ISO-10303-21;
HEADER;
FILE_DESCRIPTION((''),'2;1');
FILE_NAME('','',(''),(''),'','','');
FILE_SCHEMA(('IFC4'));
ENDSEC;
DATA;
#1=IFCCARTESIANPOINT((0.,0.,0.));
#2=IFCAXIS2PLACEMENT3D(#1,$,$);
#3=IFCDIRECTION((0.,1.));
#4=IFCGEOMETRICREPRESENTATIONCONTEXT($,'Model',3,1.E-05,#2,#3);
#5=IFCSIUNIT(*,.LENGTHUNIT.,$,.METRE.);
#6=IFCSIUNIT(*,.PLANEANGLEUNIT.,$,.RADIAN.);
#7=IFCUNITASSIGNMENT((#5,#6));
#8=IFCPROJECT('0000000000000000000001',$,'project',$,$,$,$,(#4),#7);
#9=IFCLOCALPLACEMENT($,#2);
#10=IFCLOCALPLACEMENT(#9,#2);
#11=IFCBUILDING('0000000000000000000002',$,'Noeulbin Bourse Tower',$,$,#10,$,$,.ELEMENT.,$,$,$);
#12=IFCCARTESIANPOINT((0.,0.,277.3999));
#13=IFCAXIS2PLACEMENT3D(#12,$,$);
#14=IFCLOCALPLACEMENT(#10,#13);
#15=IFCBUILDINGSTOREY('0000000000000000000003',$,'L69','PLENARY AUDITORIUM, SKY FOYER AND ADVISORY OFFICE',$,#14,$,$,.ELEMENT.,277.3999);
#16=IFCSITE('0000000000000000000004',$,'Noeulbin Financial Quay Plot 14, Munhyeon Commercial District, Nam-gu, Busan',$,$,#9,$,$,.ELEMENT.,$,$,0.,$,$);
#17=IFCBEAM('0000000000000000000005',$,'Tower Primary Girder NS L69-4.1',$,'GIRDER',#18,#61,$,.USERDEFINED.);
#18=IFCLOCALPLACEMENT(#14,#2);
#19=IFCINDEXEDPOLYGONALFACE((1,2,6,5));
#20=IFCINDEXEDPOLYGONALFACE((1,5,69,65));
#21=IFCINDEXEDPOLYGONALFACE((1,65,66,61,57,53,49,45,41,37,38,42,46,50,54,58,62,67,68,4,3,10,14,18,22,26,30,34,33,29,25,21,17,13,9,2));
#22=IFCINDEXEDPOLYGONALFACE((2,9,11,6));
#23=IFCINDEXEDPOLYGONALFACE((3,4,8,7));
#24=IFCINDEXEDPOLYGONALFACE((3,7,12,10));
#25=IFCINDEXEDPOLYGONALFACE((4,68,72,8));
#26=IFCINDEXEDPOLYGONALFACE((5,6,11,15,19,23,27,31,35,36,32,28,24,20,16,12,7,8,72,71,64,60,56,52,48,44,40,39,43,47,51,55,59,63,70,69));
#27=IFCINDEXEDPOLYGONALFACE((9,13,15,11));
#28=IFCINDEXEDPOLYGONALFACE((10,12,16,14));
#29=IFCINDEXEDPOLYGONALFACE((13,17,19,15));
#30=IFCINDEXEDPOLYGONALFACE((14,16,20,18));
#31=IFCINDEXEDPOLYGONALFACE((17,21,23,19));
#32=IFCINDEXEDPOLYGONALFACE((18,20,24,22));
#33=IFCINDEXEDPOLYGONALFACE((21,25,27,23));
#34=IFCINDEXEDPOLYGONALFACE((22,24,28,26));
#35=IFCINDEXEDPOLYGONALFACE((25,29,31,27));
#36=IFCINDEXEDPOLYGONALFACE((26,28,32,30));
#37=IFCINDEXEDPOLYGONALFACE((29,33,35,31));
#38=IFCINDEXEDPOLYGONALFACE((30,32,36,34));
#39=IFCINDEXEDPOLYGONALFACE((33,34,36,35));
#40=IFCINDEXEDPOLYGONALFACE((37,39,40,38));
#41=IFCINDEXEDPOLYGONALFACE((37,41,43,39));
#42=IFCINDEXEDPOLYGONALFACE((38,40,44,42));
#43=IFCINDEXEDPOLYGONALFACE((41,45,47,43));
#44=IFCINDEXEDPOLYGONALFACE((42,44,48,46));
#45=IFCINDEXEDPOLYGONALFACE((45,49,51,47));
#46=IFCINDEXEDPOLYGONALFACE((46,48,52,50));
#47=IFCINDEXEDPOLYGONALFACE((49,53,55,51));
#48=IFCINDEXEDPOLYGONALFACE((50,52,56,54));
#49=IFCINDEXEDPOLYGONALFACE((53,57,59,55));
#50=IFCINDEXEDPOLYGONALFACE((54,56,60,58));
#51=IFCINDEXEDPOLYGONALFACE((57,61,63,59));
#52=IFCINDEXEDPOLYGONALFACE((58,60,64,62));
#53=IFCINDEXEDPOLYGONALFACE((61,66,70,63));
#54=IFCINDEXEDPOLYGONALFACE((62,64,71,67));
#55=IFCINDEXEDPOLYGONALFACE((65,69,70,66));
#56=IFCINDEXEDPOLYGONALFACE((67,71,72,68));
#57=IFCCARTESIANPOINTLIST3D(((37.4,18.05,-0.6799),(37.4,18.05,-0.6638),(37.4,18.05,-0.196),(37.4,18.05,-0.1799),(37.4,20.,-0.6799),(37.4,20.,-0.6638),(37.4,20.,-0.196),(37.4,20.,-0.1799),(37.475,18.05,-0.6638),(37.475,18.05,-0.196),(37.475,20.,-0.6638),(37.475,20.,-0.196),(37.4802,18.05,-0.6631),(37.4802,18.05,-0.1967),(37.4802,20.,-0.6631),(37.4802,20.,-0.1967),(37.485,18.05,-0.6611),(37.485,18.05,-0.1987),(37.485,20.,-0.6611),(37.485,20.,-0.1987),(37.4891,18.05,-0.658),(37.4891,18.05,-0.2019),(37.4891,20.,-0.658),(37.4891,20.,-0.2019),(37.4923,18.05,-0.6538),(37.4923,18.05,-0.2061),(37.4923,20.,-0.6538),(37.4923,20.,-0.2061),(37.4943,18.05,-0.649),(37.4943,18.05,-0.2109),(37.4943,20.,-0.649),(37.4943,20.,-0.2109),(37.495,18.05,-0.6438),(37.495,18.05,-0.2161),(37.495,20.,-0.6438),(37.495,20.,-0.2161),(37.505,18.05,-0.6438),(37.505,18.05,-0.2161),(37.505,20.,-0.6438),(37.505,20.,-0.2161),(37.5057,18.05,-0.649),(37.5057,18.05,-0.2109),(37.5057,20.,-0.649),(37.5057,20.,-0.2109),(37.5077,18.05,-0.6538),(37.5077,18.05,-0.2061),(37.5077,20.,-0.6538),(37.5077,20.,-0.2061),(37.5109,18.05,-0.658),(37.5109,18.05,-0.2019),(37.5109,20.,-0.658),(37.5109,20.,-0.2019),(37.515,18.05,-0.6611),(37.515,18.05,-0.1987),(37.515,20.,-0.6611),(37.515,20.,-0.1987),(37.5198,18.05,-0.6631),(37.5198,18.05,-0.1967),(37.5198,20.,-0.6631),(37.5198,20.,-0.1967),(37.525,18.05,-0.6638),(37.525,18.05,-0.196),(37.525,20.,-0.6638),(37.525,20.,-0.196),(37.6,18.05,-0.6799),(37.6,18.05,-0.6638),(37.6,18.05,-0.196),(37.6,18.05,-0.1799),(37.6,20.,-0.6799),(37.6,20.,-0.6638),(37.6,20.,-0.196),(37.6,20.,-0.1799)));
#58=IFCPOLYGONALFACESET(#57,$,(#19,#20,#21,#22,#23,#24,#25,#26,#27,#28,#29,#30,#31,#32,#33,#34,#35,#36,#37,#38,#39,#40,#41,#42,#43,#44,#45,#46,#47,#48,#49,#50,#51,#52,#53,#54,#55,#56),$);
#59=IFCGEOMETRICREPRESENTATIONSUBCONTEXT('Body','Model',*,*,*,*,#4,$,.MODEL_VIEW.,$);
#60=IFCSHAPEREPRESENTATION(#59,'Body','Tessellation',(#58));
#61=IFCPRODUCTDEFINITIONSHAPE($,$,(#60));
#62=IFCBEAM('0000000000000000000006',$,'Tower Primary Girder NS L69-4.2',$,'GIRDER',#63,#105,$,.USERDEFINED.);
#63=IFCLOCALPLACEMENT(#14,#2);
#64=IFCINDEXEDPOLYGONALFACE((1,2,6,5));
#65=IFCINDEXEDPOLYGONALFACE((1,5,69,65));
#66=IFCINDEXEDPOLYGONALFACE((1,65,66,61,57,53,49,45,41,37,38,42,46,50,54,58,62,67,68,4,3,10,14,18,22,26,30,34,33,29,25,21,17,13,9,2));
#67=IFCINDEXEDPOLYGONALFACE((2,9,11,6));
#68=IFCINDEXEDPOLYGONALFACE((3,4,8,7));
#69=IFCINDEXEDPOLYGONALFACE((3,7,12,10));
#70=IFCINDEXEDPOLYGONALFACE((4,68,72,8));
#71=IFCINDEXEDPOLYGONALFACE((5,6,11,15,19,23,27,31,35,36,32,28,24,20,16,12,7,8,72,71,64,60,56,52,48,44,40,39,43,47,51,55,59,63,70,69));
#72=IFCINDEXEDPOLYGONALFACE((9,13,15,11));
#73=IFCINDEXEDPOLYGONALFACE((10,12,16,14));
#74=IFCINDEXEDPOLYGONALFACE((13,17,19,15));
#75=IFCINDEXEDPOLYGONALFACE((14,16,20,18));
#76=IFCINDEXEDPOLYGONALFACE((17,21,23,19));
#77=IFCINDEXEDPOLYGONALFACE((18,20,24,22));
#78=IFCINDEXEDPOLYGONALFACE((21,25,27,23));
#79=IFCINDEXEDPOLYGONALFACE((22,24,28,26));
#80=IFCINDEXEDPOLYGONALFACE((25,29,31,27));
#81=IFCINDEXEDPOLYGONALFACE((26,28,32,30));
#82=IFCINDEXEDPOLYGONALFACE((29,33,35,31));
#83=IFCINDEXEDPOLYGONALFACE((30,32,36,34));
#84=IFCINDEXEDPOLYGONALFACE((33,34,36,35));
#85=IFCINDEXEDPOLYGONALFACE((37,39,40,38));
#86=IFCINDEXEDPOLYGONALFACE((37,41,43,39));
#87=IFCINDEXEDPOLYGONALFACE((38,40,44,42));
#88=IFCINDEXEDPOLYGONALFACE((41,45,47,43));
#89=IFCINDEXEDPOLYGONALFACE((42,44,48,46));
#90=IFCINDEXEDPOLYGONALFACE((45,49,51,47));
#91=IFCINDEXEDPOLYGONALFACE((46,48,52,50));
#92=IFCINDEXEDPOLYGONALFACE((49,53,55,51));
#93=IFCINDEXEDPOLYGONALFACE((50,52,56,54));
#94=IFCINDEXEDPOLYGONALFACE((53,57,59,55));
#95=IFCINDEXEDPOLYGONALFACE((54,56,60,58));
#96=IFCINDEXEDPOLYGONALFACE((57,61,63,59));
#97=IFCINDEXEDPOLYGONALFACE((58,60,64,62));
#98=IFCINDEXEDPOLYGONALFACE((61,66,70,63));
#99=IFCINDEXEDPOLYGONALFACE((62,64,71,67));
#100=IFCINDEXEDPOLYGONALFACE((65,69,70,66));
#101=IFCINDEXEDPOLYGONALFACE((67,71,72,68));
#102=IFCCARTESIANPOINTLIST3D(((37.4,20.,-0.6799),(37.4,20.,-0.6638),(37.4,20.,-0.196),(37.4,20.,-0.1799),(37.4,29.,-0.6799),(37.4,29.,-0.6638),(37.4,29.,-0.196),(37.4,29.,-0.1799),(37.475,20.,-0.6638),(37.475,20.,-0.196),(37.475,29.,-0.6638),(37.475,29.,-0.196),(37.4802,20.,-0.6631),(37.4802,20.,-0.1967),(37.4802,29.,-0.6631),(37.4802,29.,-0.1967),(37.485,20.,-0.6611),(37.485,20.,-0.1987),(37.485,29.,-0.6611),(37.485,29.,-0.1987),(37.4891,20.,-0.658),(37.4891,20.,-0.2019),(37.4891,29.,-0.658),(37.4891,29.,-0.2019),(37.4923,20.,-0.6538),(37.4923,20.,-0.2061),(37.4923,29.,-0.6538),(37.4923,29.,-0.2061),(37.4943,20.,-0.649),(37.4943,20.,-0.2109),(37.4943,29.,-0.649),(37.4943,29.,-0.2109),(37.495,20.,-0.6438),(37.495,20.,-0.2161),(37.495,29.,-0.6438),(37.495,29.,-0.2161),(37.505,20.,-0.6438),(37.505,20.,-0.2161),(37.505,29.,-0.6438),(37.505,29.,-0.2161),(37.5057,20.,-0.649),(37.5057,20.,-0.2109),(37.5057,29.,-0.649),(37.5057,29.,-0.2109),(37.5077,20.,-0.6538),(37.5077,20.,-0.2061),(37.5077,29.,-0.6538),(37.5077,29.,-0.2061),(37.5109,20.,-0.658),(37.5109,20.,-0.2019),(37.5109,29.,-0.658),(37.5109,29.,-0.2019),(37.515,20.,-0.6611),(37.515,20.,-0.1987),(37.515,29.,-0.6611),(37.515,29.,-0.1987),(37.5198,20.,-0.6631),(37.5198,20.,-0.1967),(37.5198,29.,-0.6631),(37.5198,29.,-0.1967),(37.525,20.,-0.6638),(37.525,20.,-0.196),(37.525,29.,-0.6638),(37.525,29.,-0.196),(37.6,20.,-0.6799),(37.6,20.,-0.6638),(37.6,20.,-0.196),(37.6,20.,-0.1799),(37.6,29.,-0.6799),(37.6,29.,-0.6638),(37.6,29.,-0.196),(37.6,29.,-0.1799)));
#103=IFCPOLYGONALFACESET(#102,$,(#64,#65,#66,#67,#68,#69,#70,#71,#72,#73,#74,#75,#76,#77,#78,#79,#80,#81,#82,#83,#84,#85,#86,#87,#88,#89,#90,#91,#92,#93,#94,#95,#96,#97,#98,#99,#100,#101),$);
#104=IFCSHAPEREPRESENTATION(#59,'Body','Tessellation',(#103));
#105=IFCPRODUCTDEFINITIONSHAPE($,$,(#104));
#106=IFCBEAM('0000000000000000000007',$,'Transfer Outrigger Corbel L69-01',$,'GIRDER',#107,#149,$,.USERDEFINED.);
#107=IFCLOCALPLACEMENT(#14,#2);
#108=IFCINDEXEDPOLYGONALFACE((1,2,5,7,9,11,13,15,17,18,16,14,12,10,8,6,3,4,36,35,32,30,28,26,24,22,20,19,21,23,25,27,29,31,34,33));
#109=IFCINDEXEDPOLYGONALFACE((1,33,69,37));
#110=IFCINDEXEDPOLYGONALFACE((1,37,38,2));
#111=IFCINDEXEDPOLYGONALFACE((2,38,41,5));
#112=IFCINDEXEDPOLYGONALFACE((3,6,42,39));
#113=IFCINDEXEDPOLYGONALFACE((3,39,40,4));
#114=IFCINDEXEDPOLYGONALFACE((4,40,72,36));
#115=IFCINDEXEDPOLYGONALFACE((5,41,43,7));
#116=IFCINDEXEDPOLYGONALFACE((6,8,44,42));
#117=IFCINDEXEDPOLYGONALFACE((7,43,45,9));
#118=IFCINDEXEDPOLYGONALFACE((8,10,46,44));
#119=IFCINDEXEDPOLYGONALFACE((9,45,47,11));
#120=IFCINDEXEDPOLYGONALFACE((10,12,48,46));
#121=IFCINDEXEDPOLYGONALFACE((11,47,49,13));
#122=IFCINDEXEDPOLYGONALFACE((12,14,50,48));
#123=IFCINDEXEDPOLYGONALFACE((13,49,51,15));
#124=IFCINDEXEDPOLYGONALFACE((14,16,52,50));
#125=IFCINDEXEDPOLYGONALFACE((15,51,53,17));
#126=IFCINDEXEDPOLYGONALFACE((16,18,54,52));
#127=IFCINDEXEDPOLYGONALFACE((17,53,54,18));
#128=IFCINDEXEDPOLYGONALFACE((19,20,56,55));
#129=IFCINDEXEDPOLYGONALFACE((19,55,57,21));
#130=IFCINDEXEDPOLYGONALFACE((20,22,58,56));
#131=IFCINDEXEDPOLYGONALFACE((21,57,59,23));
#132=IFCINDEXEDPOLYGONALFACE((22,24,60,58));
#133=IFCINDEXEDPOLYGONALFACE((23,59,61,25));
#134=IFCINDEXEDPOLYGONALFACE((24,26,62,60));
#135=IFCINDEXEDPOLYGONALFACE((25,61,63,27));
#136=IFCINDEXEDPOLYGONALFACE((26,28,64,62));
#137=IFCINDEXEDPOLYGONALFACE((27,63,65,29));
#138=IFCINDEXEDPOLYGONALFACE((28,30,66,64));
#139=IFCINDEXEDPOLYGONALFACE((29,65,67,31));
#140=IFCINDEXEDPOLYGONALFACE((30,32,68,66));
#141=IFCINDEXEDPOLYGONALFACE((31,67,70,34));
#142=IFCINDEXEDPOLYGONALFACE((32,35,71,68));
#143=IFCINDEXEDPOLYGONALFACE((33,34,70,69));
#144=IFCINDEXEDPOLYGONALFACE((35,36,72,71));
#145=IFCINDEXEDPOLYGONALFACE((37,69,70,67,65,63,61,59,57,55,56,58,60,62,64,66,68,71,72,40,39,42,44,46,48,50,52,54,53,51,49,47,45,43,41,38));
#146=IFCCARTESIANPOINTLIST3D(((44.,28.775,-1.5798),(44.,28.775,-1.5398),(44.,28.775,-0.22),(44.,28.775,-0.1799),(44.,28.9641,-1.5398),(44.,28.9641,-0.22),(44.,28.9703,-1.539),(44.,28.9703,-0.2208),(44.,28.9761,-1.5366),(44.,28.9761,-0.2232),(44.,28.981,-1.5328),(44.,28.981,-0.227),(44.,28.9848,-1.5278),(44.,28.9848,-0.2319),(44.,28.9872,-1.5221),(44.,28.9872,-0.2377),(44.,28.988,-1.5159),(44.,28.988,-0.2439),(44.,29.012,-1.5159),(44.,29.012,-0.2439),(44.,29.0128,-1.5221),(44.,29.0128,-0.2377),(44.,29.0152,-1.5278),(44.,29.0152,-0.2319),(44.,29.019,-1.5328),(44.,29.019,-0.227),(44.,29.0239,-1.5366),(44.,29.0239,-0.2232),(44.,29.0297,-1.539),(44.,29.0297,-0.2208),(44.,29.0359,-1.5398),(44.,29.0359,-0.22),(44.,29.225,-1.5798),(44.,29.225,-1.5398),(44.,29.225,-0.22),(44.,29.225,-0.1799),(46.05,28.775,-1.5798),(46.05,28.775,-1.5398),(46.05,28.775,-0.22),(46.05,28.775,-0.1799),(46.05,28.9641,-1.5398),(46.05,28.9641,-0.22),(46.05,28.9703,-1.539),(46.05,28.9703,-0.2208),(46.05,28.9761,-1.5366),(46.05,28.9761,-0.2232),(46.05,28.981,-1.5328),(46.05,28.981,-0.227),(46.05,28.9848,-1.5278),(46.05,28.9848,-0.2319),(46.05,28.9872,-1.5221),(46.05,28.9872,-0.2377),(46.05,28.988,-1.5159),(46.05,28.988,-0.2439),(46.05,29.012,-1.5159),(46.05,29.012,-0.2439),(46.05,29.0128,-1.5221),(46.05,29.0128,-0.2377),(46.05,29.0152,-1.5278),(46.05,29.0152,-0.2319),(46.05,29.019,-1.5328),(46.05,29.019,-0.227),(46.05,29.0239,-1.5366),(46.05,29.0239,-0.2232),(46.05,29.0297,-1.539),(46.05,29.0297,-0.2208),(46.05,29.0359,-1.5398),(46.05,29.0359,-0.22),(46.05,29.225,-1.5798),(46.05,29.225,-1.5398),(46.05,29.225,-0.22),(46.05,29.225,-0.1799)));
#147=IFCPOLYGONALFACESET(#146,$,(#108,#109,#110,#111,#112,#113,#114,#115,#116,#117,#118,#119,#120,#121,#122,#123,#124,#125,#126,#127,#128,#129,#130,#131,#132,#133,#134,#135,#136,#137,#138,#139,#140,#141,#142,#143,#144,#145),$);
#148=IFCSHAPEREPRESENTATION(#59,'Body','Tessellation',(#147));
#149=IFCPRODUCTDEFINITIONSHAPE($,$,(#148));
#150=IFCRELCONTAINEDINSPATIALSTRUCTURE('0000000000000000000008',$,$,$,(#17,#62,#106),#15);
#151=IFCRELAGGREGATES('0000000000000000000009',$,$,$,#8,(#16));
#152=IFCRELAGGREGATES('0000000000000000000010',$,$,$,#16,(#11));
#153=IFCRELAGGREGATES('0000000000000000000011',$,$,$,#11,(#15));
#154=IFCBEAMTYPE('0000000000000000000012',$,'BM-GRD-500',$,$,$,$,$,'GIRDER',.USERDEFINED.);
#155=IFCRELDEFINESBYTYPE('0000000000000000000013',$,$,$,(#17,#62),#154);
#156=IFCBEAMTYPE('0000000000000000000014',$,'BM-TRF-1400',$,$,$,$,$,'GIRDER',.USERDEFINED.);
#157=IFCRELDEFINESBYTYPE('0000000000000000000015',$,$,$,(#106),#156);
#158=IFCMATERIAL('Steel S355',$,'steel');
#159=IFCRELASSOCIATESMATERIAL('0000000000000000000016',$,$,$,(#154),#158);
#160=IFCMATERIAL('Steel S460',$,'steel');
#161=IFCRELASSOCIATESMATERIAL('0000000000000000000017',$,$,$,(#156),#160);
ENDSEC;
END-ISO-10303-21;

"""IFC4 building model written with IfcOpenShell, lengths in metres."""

from ifc_helpers import new_model, si_unit, direction, frame, origin, origin_2d, place, context, subcontext, project, spatial, i_section, extrude, material, material_profile, profile_set, type_object, element, save


model = new_model("IFC4")

# Units and contexts
model_context = context("Model", 3, precision=1e-05, world=origin(), true_north=direction((0.0, 1.0)))
body_context = subcontext(model_context, "Body", "Model", "MODEL_VIEW")
ifc_project = project(units=[si_unit("LENGTHUNIT", "METRE"), si_unit("PLANEANGLEUNIT", "RADIAN")], contexts=[model_context])

# Site, building, storey
site_placement = place(None, origin())
site = spatial("IfcSite", under=ifc_project, at=site_placement, Name="Noeulbin Financial Quay Plot 14, Munhyeon Commercial District, Nam-gu, Busan", CompositionType="ELEMENT", RefElevation=0.0)
building_placement = place(site_placement, origin())
building = spatial("IfcBuilding", under=site, at=building_placement, Name="Noeulbin Bourse Tower", CompositionType="ELEMENT")
storey_placement = place(building_placement, frame((0.0, 0.0, 277.3999)))
storey = spatial("IfcBuildingStorey", under=building, at=storey_placement, Name="L69", Description="PLENARY AUDITORIUM, SKY FOYER AND ADVISORY OFFICE", CompositionType="ELEMENT", Elevation=277.3999)

# Shared definitions
ifc_material_1 = material(Name="Steel S355", Category="steel")

# Beams
ifc_material_profile_1 = material_profile(ifc_material_1, i_section(OverallWidth=0.2, OverallDepth=0.5, WebThickness=0.01, FlangeThickness=0.0161, FilletRadius=0.02, at=origin_2d()), Name="H-500x200x10x16", Category="LoadBearing")
ifc_profile_set_1 = profile_set([ifc_material_profile_1], Name="Steel S355")
beam_type_1 = type_object("IfcBeamType", Name="BM-GRD-500", ElementType="GIRDER", PredefinedType="USERDEFINED", material=ifc_profile_set_1)
beam_1_placement = place(storey_placement, frame((37.5, 18.05, -0.4299), z_axis=(0.0, 1.0, 0.0), x_axis=(-1.0, 0.0, 0.0)))
element("IfcBeam", 1, at=beam_1_placement, inside=storey, type_object=beam_type_1, Name="Tower Primary Girder NS L69-4.1", ObjectType="GIRDER", PredefinedType="USERDEFINED", context=body_context, shape_type="SweptSolid", body=[
    extrude(i_section(OverallWidth=0.2, OverallDepth=0.5, WebThickness=0.01, FlangeThickness=0.0161, FilletRadius=0.02, at=origin_2d()), origin(), (0.0, 0.0, 1.0), 1.95),
])
beam_2_placement = place(storey_placement, frame((37.5, 20.0, -0.4299), z_axis=(0.0, 1.0, 0.0), x_axis=(-1.0, 0.0, 0.0)))
element("IfcBeam", 2, at=beam_2_placement, inside=storey, type_object=beam_type_1, Name="Tower Primary Girder NS L69-4.2", ObjectType="GIRDER", PredefinedType="USERDEFINED", context=body_context, shape_type="SweptSolid", body=[
    extrude(i_section(OverallWidth=0.2, OverallDepth=0.5, WebThickness=0.01, FlangeThickness=0.0161, FilletRadius=0.02, at=origin_2d()), origin(), (0.0, 0.0, 1.0), 9.0),
])
ifc_material_2 = material(Name="Steel S460", Category="steel")
ifc_material_profile_2 = material_profile(ifc_material_2, i_section(OverallWidth=0.45, OverallDepth=1.3999, WebThickness=0.0239, FlangeThickness=0.04, FilletRadius=0.0239, at=origin_2d()), Name="PG-1400x450x24x40", Category="LoadBearing")
ifc_profile_set_2 = profile_set([ifc_material_profile_2], Name="Steel S460")
beam_type_2 = type_object("IfcBeamType", Name="BM-TRF-1400", ElementType="GIRDER", PredefinedType="USERDEFINED", material=ifc_profile_set_2)
beam_3_placement = place(storey_placement, frame((44.0, 29.0, -0.8799), z_axis=(1.0, 0.0, 0.0), x_axis=(0.0, 1.0, 0.0)))
element("IfcBeam", 3, at=beam_3_placement, inside=storey, type_object=beam_type_2, Name="Transfer Outrigger Corbel L69-01", ObjectType="GIRDER", PredefinedType="USERDEFINED", context=body_context, shape_type="SweptSolid", body=[
    extrude(i_section(OverallWidth=0.45, OverallDepth=1.3999, WebThickness=0.0239, FlangeThickness=0.04, FilletRadius=0.0239, at=origin_2d()), origin(), (0.0, 0.0, 1.0), 2.05),
])

save(model, "model.ifc")
